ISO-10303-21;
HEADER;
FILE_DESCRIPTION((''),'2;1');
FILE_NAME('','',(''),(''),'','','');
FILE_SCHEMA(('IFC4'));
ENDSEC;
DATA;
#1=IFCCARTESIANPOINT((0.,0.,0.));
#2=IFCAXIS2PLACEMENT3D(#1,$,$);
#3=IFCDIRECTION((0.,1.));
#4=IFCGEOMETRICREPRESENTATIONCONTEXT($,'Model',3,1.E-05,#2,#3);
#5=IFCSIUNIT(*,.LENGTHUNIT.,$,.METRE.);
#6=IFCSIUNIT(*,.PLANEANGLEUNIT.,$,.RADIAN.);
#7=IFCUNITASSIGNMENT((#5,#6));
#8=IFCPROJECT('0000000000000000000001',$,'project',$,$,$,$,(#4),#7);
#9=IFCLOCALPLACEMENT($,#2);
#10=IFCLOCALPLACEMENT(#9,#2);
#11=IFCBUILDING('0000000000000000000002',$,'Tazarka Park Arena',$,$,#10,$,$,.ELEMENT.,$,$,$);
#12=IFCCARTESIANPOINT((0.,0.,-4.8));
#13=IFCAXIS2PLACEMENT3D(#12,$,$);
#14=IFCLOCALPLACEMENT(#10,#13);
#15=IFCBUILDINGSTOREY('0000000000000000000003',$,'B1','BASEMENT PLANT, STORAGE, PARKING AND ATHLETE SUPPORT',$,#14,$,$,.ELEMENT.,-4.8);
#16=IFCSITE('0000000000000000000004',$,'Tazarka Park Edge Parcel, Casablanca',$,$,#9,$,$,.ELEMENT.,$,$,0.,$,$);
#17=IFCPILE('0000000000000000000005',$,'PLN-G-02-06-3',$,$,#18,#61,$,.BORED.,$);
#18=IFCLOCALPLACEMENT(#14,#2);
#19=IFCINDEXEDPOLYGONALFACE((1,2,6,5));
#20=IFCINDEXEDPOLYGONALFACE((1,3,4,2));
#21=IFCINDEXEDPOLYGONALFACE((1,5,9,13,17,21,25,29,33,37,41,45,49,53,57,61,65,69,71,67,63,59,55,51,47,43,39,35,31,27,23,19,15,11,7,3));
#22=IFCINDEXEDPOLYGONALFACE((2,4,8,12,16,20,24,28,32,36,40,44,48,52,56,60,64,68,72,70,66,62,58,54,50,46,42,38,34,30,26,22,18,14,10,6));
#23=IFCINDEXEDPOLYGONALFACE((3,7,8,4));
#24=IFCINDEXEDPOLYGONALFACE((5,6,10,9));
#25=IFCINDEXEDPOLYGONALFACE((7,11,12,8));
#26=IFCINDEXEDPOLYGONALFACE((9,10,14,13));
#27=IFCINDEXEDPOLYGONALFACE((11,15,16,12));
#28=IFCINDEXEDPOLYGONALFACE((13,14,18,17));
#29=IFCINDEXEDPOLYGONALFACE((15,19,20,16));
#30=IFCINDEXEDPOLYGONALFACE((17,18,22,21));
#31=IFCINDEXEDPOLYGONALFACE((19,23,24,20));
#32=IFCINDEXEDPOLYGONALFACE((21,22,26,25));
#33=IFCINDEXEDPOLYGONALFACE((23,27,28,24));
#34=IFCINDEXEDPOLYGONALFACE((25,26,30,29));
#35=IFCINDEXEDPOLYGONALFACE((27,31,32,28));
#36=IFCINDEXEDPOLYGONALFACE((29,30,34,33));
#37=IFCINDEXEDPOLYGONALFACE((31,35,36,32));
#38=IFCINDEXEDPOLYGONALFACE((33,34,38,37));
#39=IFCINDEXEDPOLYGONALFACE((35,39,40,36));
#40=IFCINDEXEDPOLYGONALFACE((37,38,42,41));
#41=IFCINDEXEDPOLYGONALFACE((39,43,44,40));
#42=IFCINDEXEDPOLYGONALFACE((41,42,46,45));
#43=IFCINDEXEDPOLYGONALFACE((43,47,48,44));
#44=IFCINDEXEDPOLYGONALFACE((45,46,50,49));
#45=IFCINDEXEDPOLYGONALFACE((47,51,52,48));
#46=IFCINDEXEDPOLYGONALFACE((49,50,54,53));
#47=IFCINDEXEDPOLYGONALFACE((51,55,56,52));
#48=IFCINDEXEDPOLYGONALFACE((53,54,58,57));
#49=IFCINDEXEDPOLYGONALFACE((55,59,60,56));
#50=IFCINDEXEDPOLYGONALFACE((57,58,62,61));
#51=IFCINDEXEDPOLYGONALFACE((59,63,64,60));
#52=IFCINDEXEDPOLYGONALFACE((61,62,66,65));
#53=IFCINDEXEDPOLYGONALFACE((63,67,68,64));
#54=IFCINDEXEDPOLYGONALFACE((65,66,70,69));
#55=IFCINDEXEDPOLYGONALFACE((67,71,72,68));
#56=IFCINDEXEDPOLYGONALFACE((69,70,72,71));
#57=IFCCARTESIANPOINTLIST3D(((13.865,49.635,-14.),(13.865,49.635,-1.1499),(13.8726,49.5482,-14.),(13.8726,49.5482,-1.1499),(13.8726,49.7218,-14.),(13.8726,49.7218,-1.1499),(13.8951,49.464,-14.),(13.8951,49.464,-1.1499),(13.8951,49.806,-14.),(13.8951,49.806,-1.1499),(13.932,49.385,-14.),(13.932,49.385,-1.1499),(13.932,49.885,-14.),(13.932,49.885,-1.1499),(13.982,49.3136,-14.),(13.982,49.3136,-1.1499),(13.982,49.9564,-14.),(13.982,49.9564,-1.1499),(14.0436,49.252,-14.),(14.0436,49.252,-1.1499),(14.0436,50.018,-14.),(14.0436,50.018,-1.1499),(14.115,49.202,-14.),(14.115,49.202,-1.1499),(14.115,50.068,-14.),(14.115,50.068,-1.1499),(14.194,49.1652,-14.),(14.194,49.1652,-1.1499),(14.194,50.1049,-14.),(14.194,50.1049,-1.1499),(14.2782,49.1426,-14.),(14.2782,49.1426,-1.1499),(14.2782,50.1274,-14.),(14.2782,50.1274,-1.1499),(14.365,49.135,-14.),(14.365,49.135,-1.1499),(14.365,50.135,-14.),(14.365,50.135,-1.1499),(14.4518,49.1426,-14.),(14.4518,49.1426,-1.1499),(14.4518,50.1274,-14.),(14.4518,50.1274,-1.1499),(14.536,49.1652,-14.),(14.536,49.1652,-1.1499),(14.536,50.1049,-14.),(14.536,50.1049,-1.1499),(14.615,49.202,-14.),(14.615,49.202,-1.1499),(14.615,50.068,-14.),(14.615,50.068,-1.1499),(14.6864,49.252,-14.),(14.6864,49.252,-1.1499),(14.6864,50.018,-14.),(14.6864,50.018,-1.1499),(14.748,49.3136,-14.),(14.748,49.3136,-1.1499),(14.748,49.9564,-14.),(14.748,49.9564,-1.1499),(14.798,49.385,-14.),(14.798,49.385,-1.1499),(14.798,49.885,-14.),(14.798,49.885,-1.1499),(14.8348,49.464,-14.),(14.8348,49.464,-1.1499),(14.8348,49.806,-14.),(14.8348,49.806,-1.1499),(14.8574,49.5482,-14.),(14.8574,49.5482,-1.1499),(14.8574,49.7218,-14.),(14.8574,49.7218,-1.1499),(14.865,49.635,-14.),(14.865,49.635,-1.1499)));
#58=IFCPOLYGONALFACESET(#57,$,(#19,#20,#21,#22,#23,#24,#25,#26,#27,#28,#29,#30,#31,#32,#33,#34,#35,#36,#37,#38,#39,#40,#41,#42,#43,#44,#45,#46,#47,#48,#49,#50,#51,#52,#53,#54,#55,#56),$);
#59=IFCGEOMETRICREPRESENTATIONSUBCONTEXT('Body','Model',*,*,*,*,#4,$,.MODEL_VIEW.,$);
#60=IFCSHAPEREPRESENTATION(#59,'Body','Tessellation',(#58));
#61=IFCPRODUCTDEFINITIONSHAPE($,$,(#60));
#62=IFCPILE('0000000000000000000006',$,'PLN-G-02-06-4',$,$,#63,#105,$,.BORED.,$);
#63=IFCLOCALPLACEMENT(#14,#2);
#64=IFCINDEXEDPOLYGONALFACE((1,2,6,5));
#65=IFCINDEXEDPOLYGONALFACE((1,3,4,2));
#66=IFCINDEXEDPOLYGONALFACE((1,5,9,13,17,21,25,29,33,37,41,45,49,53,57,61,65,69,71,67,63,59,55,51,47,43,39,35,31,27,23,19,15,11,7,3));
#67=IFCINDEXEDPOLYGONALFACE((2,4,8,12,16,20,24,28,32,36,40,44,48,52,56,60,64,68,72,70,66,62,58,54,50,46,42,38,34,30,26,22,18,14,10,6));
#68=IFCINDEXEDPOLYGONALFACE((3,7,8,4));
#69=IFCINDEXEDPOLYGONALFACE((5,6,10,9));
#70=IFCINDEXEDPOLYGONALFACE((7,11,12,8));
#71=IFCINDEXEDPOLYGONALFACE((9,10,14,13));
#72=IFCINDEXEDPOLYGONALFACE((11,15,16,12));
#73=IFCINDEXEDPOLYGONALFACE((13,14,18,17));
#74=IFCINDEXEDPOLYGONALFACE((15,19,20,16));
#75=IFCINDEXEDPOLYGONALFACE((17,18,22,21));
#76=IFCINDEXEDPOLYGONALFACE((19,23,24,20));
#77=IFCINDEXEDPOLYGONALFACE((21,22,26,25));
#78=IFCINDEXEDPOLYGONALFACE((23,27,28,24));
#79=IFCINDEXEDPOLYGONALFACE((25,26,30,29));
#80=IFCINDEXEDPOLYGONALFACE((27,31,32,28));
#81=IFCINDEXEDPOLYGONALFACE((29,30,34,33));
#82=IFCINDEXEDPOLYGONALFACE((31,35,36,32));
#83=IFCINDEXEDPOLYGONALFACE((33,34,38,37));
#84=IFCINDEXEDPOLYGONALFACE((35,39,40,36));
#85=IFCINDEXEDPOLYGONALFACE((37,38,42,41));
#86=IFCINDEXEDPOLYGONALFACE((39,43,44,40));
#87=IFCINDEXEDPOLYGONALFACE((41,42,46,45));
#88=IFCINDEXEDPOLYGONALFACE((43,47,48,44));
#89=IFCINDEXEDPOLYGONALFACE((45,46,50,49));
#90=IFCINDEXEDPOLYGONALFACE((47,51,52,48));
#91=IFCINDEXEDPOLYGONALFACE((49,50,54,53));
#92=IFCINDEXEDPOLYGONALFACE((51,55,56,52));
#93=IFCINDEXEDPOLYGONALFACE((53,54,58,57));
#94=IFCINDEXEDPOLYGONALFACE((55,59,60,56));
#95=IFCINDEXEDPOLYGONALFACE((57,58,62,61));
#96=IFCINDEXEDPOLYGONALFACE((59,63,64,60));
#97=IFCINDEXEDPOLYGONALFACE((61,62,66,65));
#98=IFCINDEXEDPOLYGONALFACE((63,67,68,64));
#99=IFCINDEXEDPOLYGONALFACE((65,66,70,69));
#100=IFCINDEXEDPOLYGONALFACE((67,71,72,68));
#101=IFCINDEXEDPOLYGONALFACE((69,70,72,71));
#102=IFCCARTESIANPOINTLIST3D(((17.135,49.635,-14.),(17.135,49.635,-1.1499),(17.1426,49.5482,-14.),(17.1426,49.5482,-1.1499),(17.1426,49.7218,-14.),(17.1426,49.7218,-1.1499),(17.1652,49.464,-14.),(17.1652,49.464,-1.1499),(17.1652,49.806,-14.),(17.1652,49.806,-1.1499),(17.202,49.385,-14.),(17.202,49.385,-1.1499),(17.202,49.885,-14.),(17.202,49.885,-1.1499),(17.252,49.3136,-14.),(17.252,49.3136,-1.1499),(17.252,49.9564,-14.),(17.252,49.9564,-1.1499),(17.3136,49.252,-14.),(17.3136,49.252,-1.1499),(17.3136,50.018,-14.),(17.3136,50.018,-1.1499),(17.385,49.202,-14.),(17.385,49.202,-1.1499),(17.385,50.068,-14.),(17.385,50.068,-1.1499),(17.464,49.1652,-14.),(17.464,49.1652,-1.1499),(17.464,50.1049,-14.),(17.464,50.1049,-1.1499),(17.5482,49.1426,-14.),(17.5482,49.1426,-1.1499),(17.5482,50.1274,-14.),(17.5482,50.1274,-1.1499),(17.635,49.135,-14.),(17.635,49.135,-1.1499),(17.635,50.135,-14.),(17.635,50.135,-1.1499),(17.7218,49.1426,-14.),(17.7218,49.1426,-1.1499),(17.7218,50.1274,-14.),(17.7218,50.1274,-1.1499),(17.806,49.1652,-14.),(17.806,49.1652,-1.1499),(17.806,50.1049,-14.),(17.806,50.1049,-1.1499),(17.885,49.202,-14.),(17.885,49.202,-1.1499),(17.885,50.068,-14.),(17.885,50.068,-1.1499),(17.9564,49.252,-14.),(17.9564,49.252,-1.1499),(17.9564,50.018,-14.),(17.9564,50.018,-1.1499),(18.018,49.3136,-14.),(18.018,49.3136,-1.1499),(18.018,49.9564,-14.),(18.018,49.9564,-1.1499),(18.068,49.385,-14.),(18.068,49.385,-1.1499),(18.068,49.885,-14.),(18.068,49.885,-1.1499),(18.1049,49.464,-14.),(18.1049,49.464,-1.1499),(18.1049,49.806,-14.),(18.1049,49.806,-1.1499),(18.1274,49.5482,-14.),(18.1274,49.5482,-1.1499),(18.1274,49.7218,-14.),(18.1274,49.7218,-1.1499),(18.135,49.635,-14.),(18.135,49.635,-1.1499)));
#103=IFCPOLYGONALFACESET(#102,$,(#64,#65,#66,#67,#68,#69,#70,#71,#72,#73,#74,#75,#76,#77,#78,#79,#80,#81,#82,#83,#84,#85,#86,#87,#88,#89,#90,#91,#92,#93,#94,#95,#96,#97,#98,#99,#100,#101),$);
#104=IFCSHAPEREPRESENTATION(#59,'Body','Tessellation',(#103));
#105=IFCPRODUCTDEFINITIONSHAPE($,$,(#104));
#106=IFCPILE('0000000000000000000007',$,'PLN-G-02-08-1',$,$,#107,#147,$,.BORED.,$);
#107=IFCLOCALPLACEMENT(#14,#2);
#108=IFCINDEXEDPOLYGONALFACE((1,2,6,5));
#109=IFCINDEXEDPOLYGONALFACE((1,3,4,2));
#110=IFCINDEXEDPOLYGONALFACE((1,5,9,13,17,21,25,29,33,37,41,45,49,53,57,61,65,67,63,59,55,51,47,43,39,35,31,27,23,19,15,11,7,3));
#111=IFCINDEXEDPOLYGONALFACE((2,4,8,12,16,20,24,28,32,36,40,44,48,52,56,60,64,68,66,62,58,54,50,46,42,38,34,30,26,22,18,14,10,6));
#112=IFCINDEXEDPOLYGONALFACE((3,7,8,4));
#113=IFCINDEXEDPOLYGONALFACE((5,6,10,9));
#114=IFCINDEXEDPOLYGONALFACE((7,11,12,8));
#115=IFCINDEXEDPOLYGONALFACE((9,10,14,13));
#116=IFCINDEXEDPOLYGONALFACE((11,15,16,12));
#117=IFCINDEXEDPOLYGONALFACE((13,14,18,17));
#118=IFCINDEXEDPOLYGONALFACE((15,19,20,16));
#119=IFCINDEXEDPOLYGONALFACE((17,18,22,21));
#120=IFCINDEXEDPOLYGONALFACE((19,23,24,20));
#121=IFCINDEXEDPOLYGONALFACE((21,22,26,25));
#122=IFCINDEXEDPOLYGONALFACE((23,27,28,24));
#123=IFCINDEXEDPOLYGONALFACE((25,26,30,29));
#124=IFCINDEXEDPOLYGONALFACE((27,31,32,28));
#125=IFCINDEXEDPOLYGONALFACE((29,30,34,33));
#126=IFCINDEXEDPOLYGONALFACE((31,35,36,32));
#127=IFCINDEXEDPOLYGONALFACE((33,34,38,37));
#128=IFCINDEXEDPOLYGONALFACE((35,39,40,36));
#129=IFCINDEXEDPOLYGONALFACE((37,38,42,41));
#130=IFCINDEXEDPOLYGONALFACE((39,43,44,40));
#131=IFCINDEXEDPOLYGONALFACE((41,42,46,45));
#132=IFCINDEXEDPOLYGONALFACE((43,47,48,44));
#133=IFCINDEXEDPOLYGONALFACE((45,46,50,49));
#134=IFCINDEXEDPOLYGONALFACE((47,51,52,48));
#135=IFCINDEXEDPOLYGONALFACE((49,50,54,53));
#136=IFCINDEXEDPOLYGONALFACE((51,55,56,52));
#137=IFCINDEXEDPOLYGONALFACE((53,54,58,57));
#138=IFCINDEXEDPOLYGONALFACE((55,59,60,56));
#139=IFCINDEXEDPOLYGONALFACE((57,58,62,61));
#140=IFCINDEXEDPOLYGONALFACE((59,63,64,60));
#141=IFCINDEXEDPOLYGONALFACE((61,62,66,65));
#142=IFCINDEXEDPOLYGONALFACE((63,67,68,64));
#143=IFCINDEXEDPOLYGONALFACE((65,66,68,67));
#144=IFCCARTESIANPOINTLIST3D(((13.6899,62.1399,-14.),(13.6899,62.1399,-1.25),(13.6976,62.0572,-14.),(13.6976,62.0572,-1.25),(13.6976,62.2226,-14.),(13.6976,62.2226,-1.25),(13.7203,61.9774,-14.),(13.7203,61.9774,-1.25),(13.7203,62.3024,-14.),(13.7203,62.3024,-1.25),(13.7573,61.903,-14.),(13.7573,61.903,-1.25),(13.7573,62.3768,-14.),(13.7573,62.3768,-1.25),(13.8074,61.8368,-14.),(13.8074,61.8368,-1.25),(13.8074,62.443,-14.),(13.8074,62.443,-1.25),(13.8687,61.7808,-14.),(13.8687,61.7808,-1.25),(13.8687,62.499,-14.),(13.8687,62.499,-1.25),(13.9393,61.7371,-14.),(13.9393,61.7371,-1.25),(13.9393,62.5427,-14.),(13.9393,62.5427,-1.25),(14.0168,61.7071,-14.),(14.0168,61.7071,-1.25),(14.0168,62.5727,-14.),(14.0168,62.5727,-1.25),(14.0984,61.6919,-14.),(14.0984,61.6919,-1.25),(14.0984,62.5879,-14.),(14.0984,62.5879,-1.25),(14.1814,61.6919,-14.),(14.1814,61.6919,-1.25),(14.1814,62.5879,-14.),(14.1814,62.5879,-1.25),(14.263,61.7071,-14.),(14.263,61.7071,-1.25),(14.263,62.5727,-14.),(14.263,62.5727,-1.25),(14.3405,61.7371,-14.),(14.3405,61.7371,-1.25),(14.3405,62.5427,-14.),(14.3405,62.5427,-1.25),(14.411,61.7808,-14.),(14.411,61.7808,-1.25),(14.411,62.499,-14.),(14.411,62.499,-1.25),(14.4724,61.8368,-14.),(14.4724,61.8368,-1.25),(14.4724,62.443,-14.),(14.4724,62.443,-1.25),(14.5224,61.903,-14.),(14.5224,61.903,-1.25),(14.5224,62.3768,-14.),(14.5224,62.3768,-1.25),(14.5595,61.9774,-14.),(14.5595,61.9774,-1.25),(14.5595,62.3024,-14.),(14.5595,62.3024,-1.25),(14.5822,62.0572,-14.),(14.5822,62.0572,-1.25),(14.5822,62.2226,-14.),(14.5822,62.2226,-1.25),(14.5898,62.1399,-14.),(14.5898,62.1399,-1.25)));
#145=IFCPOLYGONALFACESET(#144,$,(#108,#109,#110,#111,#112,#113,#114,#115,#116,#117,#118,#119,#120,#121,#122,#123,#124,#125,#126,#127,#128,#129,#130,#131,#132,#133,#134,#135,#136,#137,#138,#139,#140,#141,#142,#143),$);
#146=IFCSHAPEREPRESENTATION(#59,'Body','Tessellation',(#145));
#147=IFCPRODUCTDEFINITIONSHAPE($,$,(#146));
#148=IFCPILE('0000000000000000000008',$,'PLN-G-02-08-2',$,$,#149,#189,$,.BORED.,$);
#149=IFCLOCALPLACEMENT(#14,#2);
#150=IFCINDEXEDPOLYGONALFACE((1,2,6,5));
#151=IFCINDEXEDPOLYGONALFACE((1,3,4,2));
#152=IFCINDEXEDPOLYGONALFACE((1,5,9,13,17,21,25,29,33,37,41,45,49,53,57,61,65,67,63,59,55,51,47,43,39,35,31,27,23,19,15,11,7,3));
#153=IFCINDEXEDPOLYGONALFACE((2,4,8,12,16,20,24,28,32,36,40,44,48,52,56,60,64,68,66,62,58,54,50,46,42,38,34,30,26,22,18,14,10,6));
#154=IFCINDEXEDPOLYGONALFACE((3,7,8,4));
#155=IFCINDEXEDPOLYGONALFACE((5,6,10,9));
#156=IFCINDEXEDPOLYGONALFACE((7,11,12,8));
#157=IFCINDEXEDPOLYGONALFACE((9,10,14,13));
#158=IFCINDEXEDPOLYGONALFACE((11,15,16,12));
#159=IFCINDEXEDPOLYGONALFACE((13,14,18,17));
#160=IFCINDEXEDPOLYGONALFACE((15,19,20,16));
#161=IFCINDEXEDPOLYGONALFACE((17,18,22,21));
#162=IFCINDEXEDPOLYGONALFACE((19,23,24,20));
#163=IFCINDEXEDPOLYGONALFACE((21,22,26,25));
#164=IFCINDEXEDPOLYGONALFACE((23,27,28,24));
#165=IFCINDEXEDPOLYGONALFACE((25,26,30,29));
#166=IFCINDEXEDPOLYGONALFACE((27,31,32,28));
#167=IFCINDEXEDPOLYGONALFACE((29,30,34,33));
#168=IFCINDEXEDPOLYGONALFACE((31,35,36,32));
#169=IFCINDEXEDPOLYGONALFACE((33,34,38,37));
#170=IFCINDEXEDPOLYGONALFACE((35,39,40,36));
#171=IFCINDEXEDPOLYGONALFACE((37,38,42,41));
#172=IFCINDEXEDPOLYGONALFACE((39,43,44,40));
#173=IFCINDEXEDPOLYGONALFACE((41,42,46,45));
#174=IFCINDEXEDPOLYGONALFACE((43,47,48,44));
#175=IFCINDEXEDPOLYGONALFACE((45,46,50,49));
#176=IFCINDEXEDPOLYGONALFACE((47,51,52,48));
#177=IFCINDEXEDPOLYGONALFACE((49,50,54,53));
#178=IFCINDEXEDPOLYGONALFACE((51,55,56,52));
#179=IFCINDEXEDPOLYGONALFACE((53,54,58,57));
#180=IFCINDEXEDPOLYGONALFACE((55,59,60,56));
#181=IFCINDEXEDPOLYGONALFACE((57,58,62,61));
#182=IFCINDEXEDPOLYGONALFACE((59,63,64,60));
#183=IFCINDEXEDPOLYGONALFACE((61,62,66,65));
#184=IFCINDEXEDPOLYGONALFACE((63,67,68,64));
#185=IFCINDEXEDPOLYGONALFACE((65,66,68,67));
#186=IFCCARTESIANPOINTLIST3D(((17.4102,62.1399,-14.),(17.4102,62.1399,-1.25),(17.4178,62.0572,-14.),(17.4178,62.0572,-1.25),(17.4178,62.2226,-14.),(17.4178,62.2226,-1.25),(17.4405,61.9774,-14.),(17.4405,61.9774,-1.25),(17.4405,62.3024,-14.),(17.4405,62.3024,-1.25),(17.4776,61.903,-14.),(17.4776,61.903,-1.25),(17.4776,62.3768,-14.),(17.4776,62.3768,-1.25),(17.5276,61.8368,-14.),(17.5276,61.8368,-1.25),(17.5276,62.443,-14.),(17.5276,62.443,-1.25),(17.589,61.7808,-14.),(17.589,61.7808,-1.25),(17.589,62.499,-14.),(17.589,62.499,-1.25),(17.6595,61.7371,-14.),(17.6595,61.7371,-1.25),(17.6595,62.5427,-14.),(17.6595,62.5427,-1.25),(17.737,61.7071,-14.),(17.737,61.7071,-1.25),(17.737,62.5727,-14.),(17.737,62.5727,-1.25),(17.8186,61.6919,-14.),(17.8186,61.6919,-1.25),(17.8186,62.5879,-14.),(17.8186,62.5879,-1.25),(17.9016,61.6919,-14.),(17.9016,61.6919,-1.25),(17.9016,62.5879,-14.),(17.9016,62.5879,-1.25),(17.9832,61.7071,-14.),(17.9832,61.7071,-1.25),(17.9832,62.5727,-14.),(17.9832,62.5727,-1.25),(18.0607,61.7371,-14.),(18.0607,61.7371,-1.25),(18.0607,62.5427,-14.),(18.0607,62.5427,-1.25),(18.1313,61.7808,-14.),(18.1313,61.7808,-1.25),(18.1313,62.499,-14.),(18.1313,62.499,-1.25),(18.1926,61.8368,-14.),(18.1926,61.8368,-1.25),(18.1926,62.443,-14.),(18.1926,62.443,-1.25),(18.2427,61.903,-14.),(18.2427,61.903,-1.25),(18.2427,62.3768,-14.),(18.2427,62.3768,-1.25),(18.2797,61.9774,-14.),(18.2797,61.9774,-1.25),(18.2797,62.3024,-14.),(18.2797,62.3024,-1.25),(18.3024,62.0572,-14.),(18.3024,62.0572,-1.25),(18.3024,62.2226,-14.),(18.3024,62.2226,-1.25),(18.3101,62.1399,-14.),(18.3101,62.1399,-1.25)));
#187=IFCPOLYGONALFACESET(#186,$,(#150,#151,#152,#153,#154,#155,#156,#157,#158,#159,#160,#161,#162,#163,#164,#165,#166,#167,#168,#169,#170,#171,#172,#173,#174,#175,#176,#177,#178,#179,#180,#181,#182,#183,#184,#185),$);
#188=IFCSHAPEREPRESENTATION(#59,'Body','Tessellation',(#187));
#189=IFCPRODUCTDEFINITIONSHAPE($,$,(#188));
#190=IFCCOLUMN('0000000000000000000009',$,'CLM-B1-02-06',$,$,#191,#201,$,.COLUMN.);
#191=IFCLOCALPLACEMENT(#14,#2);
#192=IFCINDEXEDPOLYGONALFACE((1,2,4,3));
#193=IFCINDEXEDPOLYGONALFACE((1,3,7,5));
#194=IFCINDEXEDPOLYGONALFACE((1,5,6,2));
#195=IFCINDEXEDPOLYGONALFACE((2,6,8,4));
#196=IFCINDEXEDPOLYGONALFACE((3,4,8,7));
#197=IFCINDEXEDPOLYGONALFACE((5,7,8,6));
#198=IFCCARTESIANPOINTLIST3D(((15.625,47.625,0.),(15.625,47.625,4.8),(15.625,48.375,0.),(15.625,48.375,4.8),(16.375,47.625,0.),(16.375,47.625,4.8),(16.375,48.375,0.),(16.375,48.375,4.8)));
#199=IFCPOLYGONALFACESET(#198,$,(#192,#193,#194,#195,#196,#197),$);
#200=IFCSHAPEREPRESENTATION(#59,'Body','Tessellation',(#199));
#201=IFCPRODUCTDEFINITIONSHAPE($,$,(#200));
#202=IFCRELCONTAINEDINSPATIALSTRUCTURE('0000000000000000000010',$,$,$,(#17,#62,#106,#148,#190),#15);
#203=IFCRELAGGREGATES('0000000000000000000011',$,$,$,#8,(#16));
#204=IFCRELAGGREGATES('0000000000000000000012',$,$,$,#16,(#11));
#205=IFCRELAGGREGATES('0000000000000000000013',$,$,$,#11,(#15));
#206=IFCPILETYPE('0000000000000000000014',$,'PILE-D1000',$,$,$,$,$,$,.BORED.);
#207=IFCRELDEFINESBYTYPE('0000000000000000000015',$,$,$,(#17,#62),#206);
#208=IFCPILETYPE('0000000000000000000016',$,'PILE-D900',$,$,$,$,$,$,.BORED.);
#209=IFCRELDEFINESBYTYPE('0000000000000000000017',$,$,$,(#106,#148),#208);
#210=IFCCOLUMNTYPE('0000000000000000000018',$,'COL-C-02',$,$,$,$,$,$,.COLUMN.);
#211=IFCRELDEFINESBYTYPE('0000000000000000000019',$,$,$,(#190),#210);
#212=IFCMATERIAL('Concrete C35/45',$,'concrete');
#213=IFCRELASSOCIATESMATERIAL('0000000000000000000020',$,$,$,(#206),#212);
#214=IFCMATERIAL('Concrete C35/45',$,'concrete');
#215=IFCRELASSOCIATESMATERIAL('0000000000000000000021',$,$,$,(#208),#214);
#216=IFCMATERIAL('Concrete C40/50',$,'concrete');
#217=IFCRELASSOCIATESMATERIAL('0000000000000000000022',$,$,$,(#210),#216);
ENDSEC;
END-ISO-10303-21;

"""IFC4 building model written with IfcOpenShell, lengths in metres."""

from ifc_helpers import new_model, si_unit, direction, frame, origin, origin_2d, place, context, subcontext, project, spatial, rectangle, circle, extrude, material, material_profile, profile_set, type_object, element, save


model = new_model("IFC4")

# Units and contexts
model_context = context("Model", 3, precision=1e-05, world=origin(), true_north=direction((0.0, 1.0)))
body_context = subcontext(model_context, "Body", "Model", "MODEL_VIEW")
ifc_project = project(units=[si_unit("LENGTHUNIT", "METRE"), si_unit("PLANEANGLEUNIT", "RADIAN")], contexts=[model_context])

# Site, building, storey
site_placement = place(None, origin())
site = spatial("IfcSite", under=ifc_project, at=site_placement, Name="Tazarka Park Edge Parcel, Casablanca", CompositionType="ELEMENT", RefElevation=0.0)
building_placement = place(site_placement, origin())
building = spatial("IfcBuilding", under=site, at=building_placement, Name="Tazarka Park Arena", CompositionType="ELEMENT")
storey_placement = place(building_placement, frame((0.0, 0.0, -4.8)))
storey = spatial("IfcBuildingStorey", under=building, at=storey_placement, Name="B1", Description="BASEMENT PLANT, STORAGE, PARKING AND ATHLETE SUPPORT", CompositionType="ELEMENT", Elevation=-4.8)

# Piles
ifc_material_1 = material(Name="Concrete C35/45", Category="concrete")
ifc_material_profile_1 = material_profile(ifc_material_1, circle(Radius=0.5, at=origin_2d()), Name="Concrete C35/45")
ifc_profile_set_1 = profile_set([ifc_material_profile_1], Name="Concrete C35/45")
pile_type_1 = type_object("IfcPileType", Name="PILE-D1000", PredefinedType="BORED", material=ifc_profile_set_1)
for number, where, z_axis, x_axis, name in (
    (1, (14.365, 49.635, -1.1499), (0.0, 0.0, -1.0), (1.0, 0.0, 0.0), "PLN-G-02-06-3"),
    (2, (17.635, 49.635, -1.1499), (0.0, 0.0, -1.0), (1.0, 0.0, 0.0), "PLN-G-02-06-4"),
):
    element("IfcPile", number, at=place(storey_placement, frame(where, z_axis=z_axis, x_axis=x_axis)), inside=storey, type_object=pile_type_1, Name=name, PredefinedType="BORED", context=body_context, shape_type="SweptSolid", body=[
        extrude(circle(Radius=0.5, at=origin_2d()), origin(), (0.0, 0.0, 1.0), 12.8501),
    ])
ifc_material_2 = material(Name="Concrete C35/45", Category="concrete")
ifc_material_profile_2 = material_profile(ifc_material_2, circle(Radius=0.45, at=origin_2d()), Name="Concrete C35/45")
ifc_profile_set_2 = profile_set([ifc_material_profile_2], Name="Concrete C35/45")
pile_type_2 = type_object("IfcPileType", Name="PILE-D900", PredefinedType="BORED", material=ifc_profile_set_2)
for number, where, z_axis, x_axis, name in (
    (3, (14.1399, 62.1399, -1.25), (0.0, 0.0, -1.0), (1.0, 0.0, 0.0), "PLN-G-02-08-1"),
    (4, (17.8601, 62.1399, -1.25), (0.0, 0.0, -1.0), (1.0, 0.0, 0.0), "PLN-G-02-08-2"),
):
    element("IfcPile", number, at=place(storey_placement, frame(where, z_axis=z_axis, x_axis=x_axis)), inside=storey, type_object=pile_type_2, Name=name, PredefinedType="BORED", context=body_context, shape_type="SweptSolid", body=[
        extrude(circle(Radius=0.45, at=origin_2d()), origin(), (0.0, 0.0, 1.0), 12.75),
    ])

# Column
ifc_material_3 = material(Name="Concrete C40/50", Category="concrete")
ifc_material_profile_3 = material_profile(ifc_material_3, rectangle(XDim=0.75, YDim=0.75, at=origin_2d()), Name="Concrete C40/50")
ifc_profile_set_3 = profile_set([ifc_material_profile_3], Name="Concrete C40/50")
column_type_1 = type_object("IfcColumnType", Name="COL-C-02", PredefinedType="COLUMN", material=ifc_profile_set_3)
for number, where, z_axis, x_axis, name in (
    (5, (16.0, 48.0, 0.0), (0.0, 0.0, 1.0), (1.0, 0.0, 0.0), "CLM-B1-02-06"),
):
    element("IfcColumn", number, at=place(storey_placement, frame(where, z_axis=z_axis, x_axis=x_axis)), inside=storey, type_object=column_type_1, Name=name, PredefinedType="COLUMN", context=body_context, shape_type="SweptSolid", body=[
        extrude(rectangle(XDim=0.75, YDim=0.75, at=origin_2d()), origin(), (0.0, 0.0, 1.0), 4.8),
    ])

save(model, "model.ifc")
